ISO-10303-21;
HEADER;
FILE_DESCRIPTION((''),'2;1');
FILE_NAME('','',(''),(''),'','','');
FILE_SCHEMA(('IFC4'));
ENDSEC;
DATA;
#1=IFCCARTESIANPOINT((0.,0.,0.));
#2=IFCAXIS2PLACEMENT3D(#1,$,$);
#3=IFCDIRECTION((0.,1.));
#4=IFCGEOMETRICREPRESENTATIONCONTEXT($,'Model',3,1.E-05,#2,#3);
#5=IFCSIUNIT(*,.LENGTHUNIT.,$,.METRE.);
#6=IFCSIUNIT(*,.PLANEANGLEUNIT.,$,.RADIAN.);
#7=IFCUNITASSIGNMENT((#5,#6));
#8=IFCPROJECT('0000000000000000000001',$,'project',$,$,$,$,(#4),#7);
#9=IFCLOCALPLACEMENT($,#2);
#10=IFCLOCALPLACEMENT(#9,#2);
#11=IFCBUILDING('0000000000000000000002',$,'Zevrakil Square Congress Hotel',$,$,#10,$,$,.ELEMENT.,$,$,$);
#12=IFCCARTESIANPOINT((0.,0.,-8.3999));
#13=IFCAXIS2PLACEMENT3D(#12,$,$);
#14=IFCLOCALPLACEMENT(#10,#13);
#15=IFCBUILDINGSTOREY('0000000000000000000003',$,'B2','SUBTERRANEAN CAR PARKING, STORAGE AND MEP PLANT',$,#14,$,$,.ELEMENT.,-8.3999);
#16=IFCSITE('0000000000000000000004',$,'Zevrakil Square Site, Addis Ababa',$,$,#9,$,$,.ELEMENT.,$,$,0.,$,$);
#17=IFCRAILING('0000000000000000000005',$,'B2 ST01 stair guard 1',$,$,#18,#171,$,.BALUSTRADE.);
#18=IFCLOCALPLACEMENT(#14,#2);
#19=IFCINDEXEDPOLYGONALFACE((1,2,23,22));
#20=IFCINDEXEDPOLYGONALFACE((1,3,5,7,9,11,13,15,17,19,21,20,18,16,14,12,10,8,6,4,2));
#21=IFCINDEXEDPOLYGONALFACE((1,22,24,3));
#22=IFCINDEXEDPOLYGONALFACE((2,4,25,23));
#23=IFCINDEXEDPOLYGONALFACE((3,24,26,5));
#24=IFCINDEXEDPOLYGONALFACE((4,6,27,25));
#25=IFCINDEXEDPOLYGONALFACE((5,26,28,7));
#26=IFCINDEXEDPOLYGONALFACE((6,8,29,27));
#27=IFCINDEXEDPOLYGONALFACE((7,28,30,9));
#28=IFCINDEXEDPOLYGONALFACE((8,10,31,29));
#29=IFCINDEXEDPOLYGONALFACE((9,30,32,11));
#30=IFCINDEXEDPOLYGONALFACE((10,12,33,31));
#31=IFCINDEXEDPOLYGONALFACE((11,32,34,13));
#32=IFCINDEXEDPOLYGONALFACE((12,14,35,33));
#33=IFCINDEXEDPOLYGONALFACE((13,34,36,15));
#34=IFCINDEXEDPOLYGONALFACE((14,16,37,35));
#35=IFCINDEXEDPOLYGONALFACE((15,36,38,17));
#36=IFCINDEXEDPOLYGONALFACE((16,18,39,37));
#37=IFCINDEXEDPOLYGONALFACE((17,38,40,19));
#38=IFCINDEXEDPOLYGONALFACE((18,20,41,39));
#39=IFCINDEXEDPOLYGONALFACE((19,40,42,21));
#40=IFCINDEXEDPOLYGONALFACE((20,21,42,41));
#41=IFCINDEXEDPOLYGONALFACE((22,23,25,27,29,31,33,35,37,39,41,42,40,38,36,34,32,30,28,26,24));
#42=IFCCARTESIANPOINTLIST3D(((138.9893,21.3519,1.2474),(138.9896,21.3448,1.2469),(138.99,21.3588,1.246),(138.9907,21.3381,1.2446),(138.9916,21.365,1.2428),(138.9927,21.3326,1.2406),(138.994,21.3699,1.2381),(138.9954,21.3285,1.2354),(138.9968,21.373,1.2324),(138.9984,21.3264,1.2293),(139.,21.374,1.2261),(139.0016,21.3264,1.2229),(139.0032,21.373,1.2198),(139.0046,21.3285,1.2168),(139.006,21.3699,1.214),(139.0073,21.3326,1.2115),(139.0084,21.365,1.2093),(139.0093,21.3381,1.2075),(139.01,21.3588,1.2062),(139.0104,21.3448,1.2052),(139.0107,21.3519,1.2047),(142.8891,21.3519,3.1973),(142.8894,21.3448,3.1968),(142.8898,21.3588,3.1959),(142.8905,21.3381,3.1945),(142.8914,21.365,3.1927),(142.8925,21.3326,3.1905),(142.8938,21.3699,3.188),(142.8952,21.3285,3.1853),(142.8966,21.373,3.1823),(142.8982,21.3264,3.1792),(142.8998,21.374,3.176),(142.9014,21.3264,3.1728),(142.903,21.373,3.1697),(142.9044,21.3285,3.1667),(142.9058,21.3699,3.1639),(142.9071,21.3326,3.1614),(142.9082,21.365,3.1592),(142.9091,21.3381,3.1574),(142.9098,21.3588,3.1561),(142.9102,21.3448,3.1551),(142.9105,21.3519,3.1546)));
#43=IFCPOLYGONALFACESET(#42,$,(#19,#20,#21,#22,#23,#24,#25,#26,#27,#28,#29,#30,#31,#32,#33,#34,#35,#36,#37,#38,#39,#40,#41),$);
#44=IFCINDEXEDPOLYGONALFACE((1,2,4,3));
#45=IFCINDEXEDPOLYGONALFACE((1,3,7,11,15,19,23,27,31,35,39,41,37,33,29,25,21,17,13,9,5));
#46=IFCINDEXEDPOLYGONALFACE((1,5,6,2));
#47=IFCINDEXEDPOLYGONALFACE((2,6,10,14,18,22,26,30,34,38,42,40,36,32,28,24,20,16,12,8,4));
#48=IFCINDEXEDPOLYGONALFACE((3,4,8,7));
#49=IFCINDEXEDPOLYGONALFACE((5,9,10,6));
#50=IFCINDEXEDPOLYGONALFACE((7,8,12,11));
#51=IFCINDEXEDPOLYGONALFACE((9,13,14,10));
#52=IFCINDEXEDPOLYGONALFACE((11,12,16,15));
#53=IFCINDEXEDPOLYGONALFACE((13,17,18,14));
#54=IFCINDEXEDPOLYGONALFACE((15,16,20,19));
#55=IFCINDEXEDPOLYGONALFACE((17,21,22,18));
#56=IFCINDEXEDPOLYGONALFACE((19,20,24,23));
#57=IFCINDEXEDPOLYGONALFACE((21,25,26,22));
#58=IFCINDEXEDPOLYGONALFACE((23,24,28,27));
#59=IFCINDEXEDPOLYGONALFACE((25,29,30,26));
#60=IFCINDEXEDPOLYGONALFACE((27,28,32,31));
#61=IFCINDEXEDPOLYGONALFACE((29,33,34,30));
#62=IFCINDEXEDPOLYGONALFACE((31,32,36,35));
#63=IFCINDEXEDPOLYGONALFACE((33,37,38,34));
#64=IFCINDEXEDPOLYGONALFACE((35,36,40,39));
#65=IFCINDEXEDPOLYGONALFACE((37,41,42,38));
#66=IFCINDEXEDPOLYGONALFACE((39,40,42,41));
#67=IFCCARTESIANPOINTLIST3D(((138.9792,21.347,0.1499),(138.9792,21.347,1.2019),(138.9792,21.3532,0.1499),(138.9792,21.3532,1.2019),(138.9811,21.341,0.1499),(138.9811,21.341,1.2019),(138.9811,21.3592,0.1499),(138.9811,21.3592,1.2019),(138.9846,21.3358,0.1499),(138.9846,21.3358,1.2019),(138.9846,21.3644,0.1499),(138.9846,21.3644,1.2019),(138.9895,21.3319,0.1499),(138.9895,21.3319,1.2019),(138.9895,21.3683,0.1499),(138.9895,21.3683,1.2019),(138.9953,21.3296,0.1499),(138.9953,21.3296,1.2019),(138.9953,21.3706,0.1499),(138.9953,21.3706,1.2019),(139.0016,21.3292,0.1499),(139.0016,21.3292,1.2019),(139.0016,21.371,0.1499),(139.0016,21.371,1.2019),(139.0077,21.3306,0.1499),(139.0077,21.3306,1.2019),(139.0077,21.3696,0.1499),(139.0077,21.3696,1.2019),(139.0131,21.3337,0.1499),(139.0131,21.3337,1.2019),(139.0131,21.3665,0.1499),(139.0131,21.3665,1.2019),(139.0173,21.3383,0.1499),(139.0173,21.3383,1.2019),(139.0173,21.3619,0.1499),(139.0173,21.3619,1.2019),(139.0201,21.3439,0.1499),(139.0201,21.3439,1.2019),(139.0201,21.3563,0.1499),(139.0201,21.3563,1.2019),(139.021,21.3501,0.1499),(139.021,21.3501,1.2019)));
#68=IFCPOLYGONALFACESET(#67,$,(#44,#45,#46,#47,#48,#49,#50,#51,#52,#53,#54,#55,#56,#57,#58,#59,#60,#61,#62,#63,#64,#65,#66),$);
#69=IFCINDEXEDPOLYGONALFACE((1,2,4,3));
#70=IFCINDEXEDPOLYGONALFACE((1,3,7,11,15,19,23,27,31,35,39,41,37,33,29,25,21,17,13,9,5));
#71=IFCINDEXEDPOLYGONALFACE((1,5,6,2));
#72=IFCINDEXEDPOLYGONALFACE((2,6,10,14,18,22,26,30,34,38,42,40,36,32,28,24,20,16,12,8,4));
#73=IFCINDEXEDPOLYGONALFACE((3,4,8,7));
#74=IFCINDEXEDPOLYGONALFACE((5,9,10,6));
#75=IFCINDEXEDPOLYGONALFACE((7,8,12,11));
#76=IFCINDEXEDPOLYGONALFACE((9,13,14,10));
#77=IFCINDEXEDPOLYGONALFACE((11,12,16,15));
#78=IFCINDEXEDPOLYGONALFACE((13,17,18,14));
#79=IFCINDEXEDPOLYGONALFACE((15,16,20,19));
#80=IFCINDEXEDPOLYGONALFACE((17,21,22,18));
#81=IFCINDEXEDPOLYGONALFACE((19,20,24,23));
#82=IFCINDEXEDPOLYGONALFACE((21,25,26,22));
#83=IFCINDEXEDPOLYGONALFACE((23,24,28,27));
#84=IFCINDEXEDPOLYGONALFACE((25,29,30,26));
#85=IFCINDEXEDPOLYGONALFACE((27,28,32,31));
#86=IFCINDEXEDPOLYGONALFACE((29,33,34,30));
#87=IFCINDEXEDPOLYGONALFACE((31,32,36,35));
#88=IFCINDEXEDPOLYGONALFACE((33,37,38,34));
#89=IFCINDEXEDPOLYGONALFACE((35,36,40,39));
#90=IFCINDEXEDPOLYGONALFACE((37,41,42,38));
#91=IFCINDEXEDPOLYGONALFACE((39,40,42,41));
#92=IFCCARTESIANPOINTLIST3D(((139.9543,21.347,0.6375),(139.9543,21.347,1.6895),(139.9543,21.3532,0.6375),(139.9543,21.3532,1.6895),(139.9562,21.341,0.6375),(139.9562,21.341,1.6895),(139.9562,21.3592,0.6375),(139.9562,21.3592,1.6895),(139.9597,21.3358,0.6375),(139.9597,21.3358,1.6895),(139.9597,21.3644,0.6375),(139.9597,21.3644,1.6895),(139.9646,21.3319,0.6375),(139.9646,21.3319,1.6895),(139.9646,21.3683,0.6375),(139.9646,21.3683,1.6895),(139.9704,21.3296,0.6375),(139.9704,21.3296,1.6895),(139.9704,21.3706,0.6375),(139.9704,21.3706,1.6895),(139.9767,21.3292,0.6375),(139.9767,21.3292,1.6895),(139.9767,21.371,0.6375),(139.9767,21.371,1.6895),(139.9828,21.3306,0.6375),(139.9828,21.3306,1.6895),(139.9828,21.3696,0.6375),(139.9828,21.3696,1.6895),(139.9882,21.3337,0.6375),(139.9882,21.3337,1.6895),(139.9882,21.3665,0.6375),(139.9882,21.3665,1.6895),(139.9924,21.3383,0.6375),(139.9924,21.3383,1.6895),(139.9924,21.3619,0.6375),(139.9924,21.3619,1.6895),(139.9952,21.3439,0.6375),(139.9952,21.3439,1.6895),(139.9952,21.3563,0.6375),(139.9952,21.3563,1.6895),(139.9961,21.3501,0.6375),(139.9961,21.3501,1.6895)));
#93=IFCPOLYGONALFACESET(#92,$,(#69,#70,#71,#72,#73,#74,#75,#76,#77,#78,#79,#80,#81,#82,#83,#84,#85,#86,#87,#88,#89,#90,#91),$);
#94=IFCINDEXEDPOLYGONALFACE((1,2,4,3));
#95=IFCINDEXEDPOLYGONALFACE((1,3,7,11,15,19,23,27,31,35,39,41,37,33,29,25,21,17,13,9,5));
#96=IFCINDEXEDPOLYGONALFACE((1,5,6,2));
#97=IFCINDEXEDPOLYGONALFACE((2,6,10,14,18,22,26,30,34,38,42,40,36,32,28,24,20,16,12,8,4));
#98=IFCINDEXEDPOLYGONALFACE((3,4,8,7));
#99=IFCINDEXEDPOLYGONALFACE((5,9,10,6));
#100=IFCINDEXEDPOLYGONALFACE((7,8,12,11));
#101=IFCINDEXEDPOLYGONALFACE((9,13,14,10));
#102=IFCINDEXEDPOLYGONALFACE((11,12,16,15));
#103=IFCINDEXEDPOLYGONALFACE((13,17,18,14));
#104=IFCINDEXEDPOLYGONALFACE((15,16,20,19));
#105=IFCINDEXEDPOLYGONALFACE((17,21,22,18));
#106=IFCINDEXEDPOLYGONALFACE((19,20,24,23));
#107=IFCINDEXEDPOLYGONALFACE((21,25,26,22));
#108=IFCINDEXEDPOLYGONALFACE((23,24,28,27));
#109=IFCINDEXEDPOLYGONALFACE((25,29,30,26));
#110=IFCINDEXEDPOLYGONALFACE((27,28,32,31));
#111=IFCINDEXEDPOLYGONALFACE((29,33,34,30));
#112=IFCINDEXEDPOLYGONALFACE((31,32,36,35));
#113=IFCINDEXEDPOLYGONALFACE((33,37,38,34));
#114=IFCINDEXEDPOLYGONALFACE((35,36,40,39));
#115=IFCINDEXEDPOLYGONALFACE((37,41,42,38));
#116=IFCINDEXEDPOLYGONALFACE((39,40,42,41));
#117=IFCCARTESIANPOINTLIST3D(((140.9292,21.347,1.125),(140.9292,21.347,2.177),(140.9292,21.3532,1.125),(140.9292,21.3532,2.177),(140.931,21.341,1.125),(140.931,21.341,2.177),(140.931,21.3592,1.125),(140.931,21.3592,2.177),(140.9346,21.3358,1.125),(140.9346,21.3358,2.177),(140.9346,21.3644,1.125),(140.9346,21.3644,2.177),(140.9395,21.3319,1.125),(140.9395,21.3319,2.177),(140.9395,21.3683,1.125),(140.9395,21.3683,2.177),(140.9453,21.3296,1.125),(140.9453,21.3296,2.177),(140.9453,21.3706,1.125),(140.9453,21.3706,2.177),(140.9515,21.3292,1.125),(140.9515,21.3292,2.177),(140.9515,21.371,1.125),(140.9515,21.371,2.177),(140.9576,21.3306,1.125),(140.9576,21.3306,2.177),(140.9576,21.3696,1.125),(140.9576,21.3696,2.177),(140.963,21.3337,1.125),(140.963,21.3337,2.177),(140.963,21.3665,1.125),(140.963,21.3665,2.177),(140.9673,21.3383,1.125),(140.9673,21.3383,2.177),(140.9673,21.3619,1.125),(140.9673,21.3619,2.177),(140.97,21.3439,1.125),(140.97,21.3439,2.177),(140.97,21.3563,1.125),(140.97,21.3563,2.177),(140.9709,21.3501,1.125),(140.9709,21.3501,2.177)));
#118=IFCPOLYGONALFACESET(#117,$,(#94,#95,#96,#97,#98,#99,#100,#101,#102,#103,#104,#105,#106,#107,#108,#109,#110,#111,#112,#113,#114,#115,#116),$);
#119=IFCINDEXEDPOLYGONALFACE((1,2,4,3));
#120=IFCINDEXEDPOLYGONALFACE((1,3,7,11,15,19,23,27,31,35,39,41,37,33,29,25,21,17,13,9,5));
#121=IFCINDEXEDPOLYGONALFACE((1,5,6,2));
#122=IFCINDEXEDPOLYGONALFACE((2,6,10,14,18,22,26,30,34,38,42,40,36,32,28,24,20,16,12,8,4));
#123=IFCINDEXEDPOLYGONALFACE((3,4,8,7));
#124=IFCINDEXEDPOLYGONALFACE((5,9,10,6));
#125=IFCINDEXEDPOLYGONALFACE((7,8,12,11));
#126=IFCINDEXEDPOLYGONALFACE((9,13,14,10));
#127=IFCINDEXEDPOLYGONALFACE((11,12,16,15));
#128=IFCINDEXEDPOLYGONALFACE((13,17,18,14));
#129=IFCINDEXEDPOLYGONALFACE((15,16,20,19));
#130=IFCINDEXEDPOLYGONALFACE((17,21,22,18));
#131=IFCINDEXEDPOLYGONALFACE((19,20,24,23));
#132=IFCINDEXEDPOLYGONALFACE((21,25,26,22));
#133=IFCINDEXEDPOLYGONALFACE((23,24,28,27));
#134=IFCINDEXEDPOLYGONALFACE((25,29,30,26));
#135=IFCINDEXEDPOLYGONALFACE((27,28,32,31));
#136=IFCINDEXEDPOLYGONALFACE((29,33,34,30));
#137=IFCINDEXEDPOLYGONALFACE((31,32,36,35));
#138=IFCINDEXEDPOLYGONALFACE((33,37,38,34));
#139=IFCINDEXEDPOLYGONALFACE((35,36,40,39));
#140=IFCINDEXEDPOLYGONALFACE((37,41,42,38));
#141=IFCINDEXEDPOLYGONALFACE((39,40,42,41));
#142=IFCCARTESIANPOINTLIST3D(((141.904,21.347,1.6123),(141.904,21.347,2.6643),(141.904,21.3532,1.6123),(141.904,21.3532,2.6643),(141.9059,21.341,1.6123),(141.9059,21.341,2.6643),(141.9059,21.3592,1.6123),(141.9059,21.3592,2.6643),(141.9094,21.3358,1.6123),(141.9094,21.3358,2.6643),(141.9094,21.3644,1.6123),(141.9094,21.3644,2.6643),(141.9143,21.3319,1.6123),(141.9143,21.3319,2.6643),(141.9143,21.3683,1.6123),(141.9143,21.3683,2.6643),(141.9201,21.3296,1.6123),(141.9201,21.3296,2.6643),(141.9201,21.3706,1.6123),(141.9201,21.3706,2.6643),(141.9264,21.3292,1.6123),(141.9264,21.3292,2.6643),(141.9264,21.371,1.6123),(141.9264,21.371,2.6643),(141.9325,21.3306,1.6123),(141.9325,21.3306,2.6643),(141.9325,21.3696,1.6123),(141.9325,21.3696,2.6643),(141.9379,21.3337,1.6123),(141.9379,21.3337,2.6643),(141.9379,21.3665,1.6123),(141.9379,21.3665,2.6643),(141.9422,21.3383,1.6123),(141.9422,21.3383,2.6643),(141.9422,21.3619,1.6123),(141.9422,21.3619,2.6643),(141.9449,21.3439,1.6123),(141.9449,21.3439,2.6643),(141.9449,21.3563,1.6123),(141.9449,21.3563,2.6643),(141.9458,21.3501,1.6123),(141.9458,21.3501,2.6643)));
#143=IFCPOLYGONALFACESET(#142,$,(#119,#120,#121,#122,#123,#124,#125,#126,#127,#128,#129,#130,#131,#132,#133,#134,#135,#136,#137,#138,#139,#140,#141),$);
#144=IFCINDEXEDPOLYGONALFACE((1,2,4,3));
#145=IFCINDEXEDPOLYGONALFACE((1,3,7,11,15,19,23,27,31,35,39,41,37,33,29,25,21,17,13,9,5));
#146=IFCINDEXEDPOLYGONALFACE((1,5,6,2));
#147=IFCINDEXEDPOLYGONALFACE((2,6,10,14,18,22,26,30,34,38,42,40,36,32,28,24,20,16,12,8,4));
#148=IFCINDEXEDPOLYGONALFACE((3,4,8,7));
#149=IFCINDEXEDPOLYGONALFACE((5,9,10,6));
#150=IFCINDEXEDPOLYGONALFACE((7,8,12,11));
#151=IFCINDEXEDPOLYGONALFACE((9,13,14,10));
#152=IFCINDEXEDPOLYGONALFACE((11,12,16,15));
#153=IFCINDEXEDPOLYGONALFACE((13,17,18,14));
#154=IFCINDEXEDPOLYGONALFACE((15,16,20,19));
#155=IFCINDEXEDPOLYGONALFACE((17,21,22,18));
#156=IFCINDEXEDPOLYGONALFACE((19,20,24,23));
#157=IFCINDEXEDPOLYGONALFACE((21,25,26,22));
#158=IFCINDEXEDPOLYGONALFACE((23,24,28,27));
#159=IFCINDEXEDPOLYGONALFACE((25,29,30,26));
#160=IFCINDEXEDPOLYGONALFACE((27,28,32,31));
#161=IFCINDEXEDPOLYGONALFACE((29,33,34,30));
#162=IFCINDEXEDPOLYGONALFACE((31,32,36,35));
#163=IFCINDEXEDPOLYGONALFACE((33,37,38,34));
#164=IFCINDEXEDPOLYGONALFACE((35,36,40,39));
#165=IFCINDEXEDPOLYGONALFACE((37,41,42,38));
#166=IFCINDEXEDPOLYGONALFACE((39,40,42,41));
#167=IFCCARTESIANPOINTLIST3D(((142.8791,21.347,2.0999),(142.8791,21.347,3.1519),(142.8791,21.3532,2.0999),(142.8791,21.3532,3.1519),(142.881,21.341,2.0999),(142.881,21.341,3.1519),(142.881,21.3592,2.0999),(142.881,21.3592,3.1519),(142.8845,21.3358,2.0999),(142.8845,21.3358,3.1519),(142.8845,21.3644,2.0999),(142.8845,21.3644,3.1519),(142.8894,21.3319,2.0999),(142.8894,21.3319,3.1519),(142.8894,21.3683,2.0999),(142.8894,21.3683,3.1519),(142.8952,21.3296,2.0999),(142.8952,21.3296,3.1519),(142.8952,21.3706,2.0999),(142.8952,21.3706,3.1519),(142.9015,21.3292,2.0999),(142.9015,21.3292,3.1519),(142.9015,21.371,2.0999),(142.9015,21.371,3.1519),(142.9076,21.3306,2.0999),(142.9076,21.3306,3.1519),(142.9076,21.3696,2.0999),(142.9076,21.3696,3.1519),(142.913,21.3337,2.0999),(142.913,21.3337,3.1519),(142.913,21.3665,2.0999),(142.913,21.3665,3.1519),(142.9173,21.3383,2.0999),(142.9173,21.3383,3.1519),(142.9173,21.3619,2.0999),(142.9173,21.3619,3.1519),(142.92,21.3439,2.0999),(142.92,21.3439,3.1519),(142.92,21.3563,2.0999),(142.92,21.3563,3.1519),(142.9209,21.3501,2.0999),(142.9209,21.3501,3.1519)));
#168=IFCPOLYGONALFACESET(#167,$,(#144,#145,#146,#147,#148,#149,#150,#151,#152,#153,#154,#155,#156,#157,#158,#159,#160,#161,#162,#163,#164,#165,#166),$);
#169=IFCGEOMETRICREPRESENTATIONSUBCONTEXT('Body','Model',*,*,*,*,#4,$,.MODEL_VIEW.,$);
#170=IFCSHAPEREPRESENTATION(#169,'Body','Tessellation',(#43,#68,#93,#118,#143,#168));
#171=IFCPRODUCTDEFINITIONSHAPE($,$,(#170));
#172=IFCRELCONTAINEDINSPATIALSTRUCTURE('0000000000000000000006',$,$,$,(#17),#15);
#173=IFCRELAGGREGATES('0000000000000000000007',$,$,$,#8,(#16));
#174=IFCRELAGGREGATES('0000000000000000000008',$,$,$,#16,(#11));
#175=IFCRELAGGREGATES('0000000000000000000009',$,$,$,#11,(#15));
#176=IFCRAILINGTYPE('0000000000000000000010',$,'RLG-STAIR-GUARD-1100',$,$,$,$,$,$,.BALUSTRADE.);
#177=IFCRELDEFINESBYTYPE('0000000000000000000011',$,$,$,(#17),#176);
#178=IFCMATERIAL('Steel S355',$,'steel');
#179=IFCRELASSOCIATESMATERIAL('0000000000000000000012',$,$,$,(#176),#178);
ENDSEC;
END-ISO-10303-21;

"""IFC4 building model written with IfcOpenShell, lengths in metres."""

from ifc_helpers import new_model, si_unit, direction, frame, origin, origin_2d, place, context, subcontext, project, spatial, circle, extrude, material, type_object, element, save


model = new_model("IFC4")

# Units and contexts
model_context = context("Model", 3, precision=1e-05, world=origin(), true_north=direction((0.0, 1.0)))
body_context = subcontext(model_context, "Body", "Model", "MODEL_VIEW")
ifc_project = project(units=[si_unit("LENGTHUNIT", "METRE"), si_unit("PLANEANGLEUNIT", "RADIAN")], contexts=[model_context])

# Site, building, storey
site_placement = place(None, origin())
site = spatial("IfcSite", under=ifc_project, at=site_placement, Name="Zevrakil Square Site, Addis Ababa", CompositionType="ELEMENT", RefElevation=0.0)
building_placement = place(site_placement, origin())
building = spatial("IfcBuilding", under=site, at=building_placement, Name="Zevrakil Square Congress Hotel", CompositionType="ELEMENT")
storey_placement = place(building_placement, frame((0.0, 0.0, -8.3999)))
storey = spatial("IfcBuildingStorey", under=building, at=storey_placement, Name="B2", Description="SUBTERRANEAN CAR PARKING, STORAGE AND MEP PLANT", CompositionType="ELEMENT", Elevation=-8.3999)

# Railing
ifc_material_1 = material(Name="Steel S355", Category="steel")
railing_type_1 = type_object("IfcRailingType", Name="RLG-STAIR-GUARD-1100", PredefinedType="BALUSTRADE", material=ifc_material_1)
railing_1_placement = place(storey_placement, frame((139.0, 21.3501, 0.1499)))
element("IfcRailing", 1, at=railing_1_placement, inside=storey, type_object=railing_type_1, Name="B2 ST01 stair guard 1", PredefinedType="BALUSTRADE", context=body_context, shape_type="SweptSolid", body=[
    extrude(circle(Radius=0.0239, at=origin_2d()), frame((0.0, 0.0, 1.0762), z_axis=(0.894427, 0.0, 0.447214), x_axis=(0.0, 1.0, 0.0)), (0.0, 0.0, 1.0), 4.3601),
    extrude(circle(Radius=0.021, at=origin_2d()), origin(), (0.0, 0.0, 1.0), 1.052),
    extrude(circle(Radius=0.021, at=origin_2d()), frame((0.9751, 0.0, 0.4875)), (0.0, 0.0, 1.0), 1.052),
    extrude(circle(Radius=0.021, at=origin_2d()), frame((1.95, 0.0, 0.9751)), (0.0, 0.0, 1.0), 1.052),
    extrude(circle(Radius=0.021, at=origin_2d()), frame((2.9248, 0.0, 1.4624)), (0.0, 0.0, 1.0), 1.052),
    extrude(circle(Radius=0.021, at=origin_2d()), frame((3.8999, 0.0, 1.95)), (0.0, 0.0, 1.0), 1.052),
])

save(model, "model.ifc")
